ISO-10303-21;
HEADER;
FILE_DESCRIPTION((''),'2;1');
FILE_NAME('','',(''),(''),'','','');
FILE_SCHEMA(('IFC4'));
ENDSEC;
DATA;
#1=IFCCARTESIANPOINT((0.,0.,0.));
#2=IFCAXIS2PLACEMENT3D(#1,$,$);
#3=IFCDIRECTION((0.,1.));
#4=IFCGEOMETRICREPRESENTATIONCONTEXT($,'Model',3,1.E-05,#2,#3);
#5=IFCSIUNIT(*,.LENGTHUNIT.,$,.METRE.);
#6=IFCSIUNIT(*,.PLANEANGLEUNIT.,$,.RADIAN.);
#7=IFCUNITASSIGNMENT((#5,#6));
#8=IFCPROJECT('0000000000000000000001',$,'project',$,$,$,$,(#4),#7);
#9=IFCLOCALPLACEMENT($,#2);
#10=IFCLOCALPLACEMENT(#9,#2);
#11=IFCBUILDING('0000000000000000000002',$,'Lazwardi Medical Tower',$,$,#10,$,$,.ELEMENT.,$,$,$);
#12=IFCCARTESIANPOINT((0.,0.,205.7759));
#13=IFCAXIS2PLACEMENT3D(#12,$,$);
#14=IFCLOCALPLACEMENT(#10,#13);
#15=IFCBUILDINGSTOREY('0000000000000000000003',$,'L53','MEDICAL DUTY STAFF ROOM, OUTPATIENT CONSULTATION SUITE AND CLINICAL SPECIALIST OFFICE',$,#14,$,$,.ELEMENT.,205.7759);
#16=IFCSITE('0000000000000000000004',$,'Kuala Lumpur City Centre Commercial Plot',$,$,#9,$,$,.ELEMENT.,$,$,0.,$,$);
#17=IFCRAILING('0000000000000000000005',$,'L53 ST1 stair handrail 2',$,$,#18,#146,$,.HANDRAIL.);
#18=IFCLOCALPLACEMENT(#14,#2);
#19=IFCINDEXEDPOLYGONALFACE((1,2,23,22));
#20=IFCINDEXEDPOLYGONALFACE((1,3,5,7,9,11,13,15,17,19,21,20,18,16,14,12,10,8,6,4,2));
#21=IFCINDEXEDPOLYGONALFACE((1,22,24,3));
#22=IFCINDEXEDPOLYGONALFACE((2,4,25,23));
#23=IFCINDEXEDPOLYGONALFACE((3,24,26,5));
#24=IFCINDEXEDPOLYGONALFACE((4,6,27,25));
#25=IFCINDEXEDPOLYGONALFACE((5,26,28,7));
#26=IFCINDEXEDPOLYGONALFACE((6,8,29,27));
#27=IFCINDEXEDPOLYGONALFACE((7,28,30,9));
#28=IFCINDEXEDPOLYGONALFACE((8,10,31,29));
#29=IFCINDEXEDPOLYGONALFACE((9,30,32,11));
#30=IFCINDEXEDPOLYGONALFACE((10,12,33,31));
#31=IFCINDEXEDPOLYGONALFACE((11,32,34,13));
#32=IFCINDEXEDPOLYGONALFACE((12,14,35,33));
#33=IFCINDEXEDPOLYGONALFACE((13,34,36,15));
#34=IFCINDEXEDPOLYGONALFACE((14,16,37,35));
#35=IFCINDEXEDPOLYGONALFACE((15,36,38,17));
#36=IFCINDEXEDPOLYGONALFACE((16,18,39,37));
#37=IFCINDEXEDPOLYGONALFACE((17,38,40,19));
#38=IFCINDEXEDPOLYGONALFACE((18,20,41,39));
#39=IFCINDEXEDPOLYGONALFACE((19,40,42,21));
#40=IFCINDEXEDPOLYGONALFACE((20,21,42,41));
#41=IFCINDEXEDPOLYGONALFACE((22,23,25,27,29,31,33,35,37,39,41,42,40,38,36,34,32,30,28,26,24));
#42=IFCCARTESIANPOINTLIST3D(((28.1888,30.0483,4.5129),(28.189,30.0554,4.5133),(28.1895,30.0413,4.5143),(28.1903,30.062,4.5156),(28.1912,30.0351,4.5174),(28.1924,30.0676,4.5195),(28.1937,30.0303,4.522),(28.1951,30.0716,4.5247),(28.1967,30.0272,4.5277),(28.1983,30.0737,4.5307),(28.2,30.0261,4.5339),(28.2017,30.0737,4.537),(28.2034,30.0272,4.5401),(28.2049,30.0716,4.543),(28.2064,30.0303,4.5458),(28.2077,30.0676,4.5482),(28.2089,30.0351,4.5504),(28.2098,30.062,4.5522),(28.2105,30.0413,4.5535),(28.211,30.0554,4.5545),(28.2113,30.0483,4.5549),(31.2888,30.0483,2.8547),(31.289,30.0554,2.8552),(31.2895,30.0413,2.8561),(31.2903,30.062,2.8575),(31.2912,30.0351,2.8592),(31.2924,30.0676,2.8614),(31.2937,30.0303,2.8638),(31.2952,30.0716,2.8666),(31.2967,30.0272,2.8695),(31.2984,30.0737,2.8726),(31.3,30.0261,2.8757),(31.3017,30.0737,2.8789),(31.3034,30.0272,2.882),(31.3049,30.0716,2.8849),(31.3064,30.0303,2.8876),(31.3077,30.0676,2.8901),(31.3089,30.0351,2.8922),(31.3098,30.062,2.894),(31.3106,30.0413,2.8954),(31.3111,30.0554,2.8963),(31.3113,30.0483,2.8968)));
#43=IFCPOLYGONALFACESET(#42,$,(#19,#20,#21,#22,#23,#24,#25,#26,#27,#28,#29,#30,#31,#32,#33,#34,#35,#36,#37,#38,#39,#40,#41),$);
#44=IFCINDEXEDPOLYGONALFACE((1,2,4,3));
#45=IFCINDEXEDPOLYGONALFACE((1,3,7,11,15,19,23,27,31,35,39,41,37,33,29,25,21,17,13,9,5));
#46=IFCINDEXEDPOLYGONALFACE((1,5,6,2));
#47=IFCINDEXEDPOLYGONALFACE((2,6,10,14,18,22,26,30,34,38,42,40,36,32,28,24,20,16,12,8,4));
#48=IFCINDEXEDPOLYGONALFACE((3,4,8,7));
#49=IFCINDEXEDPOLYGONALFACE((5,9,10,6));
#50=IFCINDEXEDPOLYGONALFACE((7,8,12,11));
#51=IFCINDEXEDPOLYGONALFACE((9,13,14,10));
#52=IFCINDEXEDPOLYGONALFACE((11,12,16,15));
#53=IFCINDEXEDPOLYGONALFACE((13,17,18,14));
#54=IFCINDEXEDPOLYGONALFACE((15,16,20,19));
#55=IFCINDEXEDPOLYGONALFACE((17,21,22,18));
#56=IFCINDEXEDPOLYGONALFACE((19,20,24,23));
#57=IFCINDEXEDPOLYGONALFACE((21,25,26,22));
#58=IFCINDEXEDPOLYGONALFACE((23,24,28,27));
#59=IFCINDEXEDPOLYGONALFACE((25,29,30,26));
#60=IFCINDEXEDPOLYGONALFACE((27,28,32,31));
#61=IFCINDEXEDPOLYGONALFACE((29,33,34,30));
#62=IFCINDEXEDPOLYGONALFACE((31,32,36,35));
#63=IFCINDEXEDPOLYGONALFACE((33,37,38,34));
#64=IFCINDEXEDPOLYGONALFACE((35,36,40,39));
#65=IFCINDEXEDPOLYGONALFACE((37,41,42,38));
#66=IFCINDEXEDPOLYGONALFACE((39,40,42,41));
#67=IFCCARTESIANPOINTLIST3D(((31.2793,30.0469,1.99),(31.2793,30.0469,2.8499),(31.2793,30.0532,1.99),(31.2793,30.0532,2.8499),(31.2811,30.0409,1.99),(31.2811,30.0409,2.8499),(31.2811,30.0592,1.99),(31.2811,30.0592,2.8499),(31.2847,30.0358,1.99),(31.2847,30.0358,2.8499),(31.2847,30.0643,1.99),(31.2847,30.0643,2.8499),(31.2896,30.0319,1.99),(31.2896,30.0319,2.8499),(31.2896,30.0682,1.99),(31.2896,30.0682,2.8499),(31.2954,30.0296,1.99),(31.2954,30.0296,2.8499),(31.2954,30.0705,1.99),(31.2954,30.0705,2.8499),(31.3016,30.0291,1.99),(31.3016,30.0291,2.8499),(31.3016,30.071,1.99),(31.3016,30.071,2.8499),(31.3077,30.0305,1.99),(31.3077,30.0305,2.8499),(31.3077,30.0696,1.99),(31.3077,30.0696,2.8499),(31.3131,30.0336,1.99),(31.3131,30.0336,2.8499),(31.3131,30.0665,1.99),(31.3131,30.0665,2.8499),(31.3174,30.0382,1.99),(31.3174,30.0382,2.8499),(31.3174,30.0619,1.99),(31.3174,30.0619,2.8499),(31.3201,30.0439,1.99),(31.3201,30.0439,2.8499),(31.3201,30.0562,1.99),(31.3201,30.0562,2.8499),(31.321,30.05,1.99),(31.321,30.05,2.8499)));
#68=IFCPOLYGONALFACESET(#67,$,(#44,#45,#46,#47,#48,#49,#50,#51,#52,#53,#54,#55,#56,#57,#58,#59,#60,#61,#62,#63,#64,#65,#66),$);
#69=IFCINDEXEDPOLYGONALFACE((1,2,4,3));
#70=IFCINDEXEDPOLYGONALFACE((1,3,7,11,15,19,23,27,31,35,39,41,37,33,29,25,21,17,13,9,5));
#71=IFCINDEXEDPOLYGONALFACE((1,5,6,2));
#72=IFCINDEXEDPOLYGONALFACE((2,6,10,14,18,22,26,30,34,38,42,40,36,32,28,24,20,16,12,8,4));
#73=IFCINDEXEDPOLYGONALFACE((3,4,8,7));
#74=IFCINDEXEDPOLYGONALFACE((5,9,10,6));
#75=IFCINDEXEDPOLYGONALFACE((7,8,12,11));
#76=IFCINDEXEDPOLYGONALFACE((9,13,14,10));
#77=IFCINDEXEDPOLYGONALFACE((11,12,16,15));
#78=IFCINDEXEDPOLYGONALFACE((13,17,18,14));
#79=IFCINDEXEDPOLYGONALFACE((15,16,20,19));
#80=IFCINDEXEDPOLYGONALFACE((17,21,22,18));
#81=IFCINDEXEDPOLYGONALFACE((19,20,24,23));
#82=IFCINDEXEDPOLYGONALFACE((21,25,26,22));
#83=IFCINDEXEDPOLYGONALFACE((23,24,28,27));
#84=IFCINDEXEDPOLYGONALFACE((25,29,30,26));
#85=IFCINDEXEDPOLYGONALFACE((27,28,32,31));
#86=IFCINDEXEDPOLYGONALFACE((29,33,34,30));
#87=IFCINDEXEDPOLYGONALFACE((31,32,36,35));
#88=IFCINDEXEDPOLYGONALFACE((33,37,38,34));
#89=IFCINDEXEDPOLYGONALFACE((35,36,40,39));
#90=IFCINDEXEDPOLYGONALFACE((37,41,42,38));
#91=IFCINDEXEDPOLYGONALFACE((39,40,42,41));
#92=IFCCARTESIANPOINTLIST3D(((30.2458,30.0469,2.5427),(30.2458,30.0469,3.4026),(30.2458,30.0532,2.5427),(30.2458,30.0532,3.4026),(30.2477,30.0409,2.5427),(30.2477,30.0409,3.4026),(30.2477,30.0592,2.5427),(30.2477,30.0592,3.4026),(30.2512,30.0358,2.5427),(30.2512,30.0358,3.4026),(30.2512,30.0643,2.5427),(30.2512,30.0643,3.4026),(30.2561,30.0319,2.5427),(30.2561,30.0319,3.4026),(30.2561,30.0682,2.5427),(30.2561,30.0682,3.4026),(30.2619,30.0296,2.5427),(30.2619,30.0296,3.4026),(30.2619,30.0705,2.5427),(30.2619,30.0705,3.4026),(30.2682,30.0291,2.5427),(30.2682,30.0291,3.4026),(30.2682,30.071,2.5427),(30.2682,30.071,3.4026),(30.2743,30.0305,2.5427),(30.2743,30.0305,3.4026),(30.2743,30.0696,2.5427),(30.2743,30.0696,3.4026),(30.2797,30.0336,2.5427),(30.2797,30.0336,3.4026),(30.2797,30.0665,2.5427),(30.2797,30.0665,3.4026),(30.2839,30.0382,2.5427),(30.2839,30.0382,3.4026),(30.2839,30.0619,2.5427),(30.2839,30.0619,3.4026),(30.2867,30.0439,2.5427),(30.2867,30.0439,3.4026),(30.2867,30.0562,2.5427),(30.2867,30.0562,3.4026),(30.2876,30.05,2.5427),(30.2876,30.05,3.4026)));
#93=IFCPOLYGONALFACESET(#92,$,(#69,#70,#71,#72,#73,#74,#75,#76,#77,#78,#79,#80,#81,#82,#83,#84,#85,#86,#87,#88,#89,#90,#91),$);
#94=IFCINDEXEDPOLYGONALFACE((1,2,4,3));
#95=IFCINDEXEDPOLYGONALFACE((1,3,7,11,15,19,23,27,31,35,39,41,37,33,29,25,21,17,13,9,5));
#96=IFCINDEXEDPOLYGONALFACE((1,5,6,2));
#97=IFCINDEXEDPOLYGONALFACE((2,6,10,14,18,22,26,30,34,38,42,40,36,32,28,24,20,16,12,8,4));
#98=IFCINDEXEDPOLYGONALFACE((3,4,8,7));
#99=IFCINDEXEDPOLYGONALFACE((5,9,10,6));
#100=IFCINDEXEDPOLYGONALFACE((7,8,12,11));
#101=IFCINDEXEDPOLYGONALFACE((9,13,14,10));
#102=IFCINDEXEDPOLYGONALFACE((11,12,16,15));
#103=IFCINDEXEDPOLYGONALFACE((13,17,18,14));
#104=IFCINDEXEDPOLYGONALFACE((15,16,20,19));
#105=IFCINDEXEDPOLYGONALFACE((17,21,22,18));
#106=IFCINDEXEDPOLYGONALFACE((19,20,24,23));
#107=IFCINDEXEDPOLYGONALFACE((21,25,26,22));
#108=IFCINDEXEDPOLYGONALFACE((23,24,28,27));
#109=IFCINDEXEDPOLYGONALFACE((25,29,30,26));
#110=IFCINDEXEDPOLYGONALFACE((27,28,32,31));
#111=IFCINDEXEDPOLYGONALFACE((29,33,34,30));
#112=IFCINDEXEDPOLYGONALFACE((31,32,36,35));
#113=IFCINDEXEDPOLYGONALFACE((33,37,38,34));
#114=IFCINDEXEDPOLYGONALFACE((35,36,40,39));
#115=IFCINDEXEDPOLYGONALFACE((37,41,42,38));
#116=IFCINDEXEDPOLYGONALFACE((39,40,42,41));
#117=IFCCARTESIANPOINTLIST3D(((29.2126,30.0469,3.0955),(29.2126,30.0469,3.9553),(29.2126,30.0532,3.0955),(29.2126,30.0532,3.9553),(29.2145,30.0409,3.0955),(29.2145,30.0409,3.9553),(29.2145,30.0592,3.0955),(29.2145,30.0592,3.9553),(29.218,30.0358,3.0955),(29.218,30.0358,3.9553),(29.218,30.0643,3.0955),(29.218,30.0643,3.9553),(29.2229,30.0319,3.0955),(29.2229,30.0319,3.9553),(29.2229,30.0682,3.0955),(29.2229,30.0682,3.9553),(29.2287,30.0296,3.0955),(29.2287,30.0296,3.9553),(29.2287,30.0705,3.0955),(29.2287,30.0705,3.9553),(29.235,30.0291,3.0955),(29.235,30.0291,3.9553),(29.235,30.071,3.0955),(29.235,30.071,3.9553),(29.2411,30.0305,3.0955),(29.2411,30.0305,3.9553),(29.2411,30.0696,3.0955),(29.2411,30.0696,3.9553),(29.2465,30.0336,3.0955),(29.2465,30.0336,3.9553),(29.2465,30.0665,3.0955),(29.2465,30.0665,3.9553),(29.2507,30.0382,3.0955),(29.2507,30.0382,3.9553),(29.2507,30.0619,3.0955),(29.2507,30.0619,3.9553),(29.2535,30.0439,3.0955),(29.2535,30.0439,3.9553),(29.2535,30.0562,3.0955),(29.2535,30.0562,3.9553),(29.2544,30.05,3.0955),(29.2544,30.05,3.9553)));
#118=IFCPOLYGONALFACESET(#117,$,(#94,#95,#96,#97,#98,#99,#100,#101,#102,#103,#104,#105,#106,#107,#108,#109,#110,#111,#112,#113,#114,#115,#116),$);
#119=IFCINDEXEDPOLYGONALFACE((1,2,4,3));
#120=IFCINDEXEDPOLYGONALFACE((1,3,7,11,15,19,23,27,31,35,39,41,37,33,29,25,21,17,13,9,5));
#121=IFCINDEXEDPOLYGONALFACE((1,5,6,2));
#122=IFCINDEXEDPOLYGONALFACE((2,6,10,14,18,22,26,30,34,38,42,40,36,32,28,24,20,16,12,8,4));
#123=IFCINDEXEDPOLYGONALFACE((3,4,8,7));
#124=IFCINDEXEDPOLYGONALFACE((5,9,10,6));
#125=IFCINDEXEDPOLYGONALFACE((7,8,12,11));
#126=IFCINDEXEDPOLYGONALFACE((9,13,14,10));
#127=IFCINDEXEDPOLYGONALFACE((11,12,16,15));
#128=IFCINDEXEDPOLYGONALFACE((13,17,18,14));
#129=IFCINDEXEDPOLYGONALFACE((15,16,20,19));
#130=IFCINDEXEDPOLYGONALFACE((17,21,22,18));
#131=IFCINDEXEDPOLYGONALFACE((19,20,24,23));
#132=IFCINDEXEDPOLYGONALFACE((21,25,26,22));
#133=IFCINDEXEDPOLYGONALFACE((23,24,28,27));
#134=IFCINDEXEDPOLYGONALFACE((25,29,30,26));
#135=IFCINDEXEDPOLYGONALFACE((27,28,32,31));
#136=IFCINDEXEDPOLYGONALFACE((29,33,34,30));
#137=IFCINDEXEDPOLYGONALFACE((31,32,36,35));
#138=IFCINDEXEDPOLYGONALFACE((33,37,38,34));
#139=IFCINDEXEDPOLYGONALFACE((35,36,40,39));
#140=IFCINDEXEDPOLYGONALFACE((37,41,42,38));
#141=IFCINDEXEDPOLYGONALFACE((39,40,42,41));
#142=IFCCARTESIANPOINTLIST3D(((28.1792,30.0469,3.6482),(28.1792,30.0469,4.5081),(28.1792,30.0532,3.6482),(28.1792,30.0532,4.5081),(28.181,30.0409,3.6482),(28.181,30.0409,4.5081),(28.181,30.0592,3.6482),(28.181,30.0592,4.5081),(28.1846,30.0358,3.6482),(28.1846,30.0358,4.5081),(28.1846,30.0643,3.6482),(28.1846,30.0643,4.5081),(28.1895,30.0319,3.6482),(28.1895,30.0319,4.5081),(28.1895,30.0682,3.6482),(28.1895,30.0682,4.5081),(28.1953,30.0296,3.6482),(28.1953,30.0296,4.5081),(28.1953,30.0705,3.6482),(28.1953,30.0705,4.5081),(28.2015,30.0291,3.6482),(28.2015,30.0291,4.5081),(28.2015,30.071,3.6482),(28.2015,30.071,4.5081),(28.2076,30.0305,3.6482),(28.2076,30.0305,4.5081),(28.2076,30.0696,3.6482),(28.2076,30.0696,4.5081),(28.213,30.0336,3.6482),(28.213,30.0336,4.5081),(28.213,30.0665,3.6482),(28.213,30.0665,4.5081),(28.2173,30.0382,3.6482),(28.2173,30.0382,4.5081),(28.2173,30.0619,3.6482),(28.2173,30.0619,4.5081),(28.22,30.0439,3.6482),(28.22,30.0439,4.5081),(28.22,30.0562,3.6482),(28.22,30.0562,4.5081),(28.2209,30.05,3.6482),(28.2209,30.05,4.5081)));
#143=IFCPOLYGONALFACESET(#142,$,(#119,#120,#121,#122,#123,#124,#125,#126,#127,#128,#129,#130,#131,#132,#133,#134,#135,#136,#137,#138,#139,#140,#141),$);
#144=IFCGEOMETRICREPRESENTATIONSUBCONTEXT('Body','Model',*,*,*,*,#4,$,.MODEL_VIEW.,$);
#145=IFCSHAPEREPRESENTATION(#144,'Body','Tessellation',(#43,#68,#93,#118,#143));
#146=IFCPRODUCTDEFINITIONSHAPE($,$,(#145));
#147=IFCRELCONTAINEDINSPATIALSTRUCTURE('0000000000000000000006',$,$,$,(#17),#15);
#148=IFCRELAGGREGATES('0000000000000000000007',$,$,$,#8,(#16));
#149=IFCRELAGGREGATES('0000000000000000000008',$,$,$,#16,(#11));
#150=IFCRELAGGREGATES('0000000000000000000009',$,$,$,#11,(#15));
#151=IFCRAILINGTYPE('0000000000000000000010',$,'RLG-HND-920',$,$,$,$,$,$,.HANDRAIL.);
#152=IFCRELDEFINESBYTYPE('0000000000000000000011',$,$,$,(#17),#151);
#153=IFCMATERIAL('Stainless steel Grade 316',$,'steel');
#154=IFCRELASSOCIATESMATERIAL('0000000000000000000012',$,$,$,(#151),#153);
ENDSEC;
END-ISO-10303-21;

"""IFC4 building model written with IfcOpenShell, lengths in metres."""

from ifc_helpers import new_model, si_unit, direction, frame, origin, origin_2d, place, context, subcontext, project, spatial, circle, extrude, material, type_object, element, save


model = new_model("IFC4")

# Units and contexts
model_context = context("Model", 3, precision=1e-05, world=origin(), true_north=direction((0.0, 1.0)))
body_context = subcontext(model_context, "Body", "Model", "MODEL_VIEW")
ifc_project = project(units=[si_unit("LENGTHUNIT", "METRE"), si_unit("PLANEANGLEUNIT", "RADIAN")], contexts=[model_context])

# Site, building, storey
site_placement = place(None, origin())
site = spatial("IfcSite", under=ifc_project, at=site_placement, Name="Kuala Lumpur City Centre Commercial Plot", CompositionType="ELEMENT", RefElevation=0.0)
building_placement = place(site_placement, origin())
building = spatial("IfcBuilding", under=site, at=building_placement, Name="Lazwardi Medical Tower", CompositionType="ELEMENT")
storey_placement = place(building_placement, frame((0.0, 0.0, 205.7759)))
storey = spatial("IfcBuildingStorey", under=building, at=storey_placement, Name="L53", Description="MEDICAL DUTY STAFF ROOM, OUTPATIENT CONSULTATION SUITE AND CLINICAL SPECIALIST OFFICE", CompositionType="ELEMENT", Elevation=205.7759)

# Railing
ifc_material_1 = material(Name="Stainless steel Grade 316", Category="steel")
railing_type_1 = type_object("IfcRailingType", Name="RLG-HND-920", PredefinedType="HANDRAIL", material=ifc_material_1)
railing_1_placement = place(storey_placement, frame((31.3, 30.05, 1.99)))
element("IfcRailing", 1, at=railing_1_placement, inside=storey, type_object=railing_type_1, Name="L53 ST1 stair handrail 2", PredefinedType="HANDRAIL", context=body_context, shape_type="SweptSolid", body=[
    extrude(circle(Radius=0.0239, at=origin_2d()), frame((0.0, 0.0, 0.8857), z_axis=(-0.881783, 0.0, 0.471655), x_axis=(0.0, -1.0, 0.0)), (0.0, 0.0, 1.0), 3.5156),
    extrude(circle(Radius=0.021, at=origin_2d()), origin(), (0.0, 0.0, 1.0), 0.8599),
    extrude(circle(Radius=0.021, at=origin_2d()), frame((-1.0334, 0.0, 0.5527)), (0.0, 0.0, 1.0), 0.8599),
    extrude(circle(Radius=0.021, at=origin_2d()), frame((-2.0667, 0.0, 1.1055)), (0.0, 0.0, 1.0), 0.8599),
    extrude(circle(Radius=0.021, at=origin_2d()), frame((-3.1001, 0.0, 1.6582)), (0.0, 0.0, 1.0), 0.8599),
])

save(model, "model.ifc")
